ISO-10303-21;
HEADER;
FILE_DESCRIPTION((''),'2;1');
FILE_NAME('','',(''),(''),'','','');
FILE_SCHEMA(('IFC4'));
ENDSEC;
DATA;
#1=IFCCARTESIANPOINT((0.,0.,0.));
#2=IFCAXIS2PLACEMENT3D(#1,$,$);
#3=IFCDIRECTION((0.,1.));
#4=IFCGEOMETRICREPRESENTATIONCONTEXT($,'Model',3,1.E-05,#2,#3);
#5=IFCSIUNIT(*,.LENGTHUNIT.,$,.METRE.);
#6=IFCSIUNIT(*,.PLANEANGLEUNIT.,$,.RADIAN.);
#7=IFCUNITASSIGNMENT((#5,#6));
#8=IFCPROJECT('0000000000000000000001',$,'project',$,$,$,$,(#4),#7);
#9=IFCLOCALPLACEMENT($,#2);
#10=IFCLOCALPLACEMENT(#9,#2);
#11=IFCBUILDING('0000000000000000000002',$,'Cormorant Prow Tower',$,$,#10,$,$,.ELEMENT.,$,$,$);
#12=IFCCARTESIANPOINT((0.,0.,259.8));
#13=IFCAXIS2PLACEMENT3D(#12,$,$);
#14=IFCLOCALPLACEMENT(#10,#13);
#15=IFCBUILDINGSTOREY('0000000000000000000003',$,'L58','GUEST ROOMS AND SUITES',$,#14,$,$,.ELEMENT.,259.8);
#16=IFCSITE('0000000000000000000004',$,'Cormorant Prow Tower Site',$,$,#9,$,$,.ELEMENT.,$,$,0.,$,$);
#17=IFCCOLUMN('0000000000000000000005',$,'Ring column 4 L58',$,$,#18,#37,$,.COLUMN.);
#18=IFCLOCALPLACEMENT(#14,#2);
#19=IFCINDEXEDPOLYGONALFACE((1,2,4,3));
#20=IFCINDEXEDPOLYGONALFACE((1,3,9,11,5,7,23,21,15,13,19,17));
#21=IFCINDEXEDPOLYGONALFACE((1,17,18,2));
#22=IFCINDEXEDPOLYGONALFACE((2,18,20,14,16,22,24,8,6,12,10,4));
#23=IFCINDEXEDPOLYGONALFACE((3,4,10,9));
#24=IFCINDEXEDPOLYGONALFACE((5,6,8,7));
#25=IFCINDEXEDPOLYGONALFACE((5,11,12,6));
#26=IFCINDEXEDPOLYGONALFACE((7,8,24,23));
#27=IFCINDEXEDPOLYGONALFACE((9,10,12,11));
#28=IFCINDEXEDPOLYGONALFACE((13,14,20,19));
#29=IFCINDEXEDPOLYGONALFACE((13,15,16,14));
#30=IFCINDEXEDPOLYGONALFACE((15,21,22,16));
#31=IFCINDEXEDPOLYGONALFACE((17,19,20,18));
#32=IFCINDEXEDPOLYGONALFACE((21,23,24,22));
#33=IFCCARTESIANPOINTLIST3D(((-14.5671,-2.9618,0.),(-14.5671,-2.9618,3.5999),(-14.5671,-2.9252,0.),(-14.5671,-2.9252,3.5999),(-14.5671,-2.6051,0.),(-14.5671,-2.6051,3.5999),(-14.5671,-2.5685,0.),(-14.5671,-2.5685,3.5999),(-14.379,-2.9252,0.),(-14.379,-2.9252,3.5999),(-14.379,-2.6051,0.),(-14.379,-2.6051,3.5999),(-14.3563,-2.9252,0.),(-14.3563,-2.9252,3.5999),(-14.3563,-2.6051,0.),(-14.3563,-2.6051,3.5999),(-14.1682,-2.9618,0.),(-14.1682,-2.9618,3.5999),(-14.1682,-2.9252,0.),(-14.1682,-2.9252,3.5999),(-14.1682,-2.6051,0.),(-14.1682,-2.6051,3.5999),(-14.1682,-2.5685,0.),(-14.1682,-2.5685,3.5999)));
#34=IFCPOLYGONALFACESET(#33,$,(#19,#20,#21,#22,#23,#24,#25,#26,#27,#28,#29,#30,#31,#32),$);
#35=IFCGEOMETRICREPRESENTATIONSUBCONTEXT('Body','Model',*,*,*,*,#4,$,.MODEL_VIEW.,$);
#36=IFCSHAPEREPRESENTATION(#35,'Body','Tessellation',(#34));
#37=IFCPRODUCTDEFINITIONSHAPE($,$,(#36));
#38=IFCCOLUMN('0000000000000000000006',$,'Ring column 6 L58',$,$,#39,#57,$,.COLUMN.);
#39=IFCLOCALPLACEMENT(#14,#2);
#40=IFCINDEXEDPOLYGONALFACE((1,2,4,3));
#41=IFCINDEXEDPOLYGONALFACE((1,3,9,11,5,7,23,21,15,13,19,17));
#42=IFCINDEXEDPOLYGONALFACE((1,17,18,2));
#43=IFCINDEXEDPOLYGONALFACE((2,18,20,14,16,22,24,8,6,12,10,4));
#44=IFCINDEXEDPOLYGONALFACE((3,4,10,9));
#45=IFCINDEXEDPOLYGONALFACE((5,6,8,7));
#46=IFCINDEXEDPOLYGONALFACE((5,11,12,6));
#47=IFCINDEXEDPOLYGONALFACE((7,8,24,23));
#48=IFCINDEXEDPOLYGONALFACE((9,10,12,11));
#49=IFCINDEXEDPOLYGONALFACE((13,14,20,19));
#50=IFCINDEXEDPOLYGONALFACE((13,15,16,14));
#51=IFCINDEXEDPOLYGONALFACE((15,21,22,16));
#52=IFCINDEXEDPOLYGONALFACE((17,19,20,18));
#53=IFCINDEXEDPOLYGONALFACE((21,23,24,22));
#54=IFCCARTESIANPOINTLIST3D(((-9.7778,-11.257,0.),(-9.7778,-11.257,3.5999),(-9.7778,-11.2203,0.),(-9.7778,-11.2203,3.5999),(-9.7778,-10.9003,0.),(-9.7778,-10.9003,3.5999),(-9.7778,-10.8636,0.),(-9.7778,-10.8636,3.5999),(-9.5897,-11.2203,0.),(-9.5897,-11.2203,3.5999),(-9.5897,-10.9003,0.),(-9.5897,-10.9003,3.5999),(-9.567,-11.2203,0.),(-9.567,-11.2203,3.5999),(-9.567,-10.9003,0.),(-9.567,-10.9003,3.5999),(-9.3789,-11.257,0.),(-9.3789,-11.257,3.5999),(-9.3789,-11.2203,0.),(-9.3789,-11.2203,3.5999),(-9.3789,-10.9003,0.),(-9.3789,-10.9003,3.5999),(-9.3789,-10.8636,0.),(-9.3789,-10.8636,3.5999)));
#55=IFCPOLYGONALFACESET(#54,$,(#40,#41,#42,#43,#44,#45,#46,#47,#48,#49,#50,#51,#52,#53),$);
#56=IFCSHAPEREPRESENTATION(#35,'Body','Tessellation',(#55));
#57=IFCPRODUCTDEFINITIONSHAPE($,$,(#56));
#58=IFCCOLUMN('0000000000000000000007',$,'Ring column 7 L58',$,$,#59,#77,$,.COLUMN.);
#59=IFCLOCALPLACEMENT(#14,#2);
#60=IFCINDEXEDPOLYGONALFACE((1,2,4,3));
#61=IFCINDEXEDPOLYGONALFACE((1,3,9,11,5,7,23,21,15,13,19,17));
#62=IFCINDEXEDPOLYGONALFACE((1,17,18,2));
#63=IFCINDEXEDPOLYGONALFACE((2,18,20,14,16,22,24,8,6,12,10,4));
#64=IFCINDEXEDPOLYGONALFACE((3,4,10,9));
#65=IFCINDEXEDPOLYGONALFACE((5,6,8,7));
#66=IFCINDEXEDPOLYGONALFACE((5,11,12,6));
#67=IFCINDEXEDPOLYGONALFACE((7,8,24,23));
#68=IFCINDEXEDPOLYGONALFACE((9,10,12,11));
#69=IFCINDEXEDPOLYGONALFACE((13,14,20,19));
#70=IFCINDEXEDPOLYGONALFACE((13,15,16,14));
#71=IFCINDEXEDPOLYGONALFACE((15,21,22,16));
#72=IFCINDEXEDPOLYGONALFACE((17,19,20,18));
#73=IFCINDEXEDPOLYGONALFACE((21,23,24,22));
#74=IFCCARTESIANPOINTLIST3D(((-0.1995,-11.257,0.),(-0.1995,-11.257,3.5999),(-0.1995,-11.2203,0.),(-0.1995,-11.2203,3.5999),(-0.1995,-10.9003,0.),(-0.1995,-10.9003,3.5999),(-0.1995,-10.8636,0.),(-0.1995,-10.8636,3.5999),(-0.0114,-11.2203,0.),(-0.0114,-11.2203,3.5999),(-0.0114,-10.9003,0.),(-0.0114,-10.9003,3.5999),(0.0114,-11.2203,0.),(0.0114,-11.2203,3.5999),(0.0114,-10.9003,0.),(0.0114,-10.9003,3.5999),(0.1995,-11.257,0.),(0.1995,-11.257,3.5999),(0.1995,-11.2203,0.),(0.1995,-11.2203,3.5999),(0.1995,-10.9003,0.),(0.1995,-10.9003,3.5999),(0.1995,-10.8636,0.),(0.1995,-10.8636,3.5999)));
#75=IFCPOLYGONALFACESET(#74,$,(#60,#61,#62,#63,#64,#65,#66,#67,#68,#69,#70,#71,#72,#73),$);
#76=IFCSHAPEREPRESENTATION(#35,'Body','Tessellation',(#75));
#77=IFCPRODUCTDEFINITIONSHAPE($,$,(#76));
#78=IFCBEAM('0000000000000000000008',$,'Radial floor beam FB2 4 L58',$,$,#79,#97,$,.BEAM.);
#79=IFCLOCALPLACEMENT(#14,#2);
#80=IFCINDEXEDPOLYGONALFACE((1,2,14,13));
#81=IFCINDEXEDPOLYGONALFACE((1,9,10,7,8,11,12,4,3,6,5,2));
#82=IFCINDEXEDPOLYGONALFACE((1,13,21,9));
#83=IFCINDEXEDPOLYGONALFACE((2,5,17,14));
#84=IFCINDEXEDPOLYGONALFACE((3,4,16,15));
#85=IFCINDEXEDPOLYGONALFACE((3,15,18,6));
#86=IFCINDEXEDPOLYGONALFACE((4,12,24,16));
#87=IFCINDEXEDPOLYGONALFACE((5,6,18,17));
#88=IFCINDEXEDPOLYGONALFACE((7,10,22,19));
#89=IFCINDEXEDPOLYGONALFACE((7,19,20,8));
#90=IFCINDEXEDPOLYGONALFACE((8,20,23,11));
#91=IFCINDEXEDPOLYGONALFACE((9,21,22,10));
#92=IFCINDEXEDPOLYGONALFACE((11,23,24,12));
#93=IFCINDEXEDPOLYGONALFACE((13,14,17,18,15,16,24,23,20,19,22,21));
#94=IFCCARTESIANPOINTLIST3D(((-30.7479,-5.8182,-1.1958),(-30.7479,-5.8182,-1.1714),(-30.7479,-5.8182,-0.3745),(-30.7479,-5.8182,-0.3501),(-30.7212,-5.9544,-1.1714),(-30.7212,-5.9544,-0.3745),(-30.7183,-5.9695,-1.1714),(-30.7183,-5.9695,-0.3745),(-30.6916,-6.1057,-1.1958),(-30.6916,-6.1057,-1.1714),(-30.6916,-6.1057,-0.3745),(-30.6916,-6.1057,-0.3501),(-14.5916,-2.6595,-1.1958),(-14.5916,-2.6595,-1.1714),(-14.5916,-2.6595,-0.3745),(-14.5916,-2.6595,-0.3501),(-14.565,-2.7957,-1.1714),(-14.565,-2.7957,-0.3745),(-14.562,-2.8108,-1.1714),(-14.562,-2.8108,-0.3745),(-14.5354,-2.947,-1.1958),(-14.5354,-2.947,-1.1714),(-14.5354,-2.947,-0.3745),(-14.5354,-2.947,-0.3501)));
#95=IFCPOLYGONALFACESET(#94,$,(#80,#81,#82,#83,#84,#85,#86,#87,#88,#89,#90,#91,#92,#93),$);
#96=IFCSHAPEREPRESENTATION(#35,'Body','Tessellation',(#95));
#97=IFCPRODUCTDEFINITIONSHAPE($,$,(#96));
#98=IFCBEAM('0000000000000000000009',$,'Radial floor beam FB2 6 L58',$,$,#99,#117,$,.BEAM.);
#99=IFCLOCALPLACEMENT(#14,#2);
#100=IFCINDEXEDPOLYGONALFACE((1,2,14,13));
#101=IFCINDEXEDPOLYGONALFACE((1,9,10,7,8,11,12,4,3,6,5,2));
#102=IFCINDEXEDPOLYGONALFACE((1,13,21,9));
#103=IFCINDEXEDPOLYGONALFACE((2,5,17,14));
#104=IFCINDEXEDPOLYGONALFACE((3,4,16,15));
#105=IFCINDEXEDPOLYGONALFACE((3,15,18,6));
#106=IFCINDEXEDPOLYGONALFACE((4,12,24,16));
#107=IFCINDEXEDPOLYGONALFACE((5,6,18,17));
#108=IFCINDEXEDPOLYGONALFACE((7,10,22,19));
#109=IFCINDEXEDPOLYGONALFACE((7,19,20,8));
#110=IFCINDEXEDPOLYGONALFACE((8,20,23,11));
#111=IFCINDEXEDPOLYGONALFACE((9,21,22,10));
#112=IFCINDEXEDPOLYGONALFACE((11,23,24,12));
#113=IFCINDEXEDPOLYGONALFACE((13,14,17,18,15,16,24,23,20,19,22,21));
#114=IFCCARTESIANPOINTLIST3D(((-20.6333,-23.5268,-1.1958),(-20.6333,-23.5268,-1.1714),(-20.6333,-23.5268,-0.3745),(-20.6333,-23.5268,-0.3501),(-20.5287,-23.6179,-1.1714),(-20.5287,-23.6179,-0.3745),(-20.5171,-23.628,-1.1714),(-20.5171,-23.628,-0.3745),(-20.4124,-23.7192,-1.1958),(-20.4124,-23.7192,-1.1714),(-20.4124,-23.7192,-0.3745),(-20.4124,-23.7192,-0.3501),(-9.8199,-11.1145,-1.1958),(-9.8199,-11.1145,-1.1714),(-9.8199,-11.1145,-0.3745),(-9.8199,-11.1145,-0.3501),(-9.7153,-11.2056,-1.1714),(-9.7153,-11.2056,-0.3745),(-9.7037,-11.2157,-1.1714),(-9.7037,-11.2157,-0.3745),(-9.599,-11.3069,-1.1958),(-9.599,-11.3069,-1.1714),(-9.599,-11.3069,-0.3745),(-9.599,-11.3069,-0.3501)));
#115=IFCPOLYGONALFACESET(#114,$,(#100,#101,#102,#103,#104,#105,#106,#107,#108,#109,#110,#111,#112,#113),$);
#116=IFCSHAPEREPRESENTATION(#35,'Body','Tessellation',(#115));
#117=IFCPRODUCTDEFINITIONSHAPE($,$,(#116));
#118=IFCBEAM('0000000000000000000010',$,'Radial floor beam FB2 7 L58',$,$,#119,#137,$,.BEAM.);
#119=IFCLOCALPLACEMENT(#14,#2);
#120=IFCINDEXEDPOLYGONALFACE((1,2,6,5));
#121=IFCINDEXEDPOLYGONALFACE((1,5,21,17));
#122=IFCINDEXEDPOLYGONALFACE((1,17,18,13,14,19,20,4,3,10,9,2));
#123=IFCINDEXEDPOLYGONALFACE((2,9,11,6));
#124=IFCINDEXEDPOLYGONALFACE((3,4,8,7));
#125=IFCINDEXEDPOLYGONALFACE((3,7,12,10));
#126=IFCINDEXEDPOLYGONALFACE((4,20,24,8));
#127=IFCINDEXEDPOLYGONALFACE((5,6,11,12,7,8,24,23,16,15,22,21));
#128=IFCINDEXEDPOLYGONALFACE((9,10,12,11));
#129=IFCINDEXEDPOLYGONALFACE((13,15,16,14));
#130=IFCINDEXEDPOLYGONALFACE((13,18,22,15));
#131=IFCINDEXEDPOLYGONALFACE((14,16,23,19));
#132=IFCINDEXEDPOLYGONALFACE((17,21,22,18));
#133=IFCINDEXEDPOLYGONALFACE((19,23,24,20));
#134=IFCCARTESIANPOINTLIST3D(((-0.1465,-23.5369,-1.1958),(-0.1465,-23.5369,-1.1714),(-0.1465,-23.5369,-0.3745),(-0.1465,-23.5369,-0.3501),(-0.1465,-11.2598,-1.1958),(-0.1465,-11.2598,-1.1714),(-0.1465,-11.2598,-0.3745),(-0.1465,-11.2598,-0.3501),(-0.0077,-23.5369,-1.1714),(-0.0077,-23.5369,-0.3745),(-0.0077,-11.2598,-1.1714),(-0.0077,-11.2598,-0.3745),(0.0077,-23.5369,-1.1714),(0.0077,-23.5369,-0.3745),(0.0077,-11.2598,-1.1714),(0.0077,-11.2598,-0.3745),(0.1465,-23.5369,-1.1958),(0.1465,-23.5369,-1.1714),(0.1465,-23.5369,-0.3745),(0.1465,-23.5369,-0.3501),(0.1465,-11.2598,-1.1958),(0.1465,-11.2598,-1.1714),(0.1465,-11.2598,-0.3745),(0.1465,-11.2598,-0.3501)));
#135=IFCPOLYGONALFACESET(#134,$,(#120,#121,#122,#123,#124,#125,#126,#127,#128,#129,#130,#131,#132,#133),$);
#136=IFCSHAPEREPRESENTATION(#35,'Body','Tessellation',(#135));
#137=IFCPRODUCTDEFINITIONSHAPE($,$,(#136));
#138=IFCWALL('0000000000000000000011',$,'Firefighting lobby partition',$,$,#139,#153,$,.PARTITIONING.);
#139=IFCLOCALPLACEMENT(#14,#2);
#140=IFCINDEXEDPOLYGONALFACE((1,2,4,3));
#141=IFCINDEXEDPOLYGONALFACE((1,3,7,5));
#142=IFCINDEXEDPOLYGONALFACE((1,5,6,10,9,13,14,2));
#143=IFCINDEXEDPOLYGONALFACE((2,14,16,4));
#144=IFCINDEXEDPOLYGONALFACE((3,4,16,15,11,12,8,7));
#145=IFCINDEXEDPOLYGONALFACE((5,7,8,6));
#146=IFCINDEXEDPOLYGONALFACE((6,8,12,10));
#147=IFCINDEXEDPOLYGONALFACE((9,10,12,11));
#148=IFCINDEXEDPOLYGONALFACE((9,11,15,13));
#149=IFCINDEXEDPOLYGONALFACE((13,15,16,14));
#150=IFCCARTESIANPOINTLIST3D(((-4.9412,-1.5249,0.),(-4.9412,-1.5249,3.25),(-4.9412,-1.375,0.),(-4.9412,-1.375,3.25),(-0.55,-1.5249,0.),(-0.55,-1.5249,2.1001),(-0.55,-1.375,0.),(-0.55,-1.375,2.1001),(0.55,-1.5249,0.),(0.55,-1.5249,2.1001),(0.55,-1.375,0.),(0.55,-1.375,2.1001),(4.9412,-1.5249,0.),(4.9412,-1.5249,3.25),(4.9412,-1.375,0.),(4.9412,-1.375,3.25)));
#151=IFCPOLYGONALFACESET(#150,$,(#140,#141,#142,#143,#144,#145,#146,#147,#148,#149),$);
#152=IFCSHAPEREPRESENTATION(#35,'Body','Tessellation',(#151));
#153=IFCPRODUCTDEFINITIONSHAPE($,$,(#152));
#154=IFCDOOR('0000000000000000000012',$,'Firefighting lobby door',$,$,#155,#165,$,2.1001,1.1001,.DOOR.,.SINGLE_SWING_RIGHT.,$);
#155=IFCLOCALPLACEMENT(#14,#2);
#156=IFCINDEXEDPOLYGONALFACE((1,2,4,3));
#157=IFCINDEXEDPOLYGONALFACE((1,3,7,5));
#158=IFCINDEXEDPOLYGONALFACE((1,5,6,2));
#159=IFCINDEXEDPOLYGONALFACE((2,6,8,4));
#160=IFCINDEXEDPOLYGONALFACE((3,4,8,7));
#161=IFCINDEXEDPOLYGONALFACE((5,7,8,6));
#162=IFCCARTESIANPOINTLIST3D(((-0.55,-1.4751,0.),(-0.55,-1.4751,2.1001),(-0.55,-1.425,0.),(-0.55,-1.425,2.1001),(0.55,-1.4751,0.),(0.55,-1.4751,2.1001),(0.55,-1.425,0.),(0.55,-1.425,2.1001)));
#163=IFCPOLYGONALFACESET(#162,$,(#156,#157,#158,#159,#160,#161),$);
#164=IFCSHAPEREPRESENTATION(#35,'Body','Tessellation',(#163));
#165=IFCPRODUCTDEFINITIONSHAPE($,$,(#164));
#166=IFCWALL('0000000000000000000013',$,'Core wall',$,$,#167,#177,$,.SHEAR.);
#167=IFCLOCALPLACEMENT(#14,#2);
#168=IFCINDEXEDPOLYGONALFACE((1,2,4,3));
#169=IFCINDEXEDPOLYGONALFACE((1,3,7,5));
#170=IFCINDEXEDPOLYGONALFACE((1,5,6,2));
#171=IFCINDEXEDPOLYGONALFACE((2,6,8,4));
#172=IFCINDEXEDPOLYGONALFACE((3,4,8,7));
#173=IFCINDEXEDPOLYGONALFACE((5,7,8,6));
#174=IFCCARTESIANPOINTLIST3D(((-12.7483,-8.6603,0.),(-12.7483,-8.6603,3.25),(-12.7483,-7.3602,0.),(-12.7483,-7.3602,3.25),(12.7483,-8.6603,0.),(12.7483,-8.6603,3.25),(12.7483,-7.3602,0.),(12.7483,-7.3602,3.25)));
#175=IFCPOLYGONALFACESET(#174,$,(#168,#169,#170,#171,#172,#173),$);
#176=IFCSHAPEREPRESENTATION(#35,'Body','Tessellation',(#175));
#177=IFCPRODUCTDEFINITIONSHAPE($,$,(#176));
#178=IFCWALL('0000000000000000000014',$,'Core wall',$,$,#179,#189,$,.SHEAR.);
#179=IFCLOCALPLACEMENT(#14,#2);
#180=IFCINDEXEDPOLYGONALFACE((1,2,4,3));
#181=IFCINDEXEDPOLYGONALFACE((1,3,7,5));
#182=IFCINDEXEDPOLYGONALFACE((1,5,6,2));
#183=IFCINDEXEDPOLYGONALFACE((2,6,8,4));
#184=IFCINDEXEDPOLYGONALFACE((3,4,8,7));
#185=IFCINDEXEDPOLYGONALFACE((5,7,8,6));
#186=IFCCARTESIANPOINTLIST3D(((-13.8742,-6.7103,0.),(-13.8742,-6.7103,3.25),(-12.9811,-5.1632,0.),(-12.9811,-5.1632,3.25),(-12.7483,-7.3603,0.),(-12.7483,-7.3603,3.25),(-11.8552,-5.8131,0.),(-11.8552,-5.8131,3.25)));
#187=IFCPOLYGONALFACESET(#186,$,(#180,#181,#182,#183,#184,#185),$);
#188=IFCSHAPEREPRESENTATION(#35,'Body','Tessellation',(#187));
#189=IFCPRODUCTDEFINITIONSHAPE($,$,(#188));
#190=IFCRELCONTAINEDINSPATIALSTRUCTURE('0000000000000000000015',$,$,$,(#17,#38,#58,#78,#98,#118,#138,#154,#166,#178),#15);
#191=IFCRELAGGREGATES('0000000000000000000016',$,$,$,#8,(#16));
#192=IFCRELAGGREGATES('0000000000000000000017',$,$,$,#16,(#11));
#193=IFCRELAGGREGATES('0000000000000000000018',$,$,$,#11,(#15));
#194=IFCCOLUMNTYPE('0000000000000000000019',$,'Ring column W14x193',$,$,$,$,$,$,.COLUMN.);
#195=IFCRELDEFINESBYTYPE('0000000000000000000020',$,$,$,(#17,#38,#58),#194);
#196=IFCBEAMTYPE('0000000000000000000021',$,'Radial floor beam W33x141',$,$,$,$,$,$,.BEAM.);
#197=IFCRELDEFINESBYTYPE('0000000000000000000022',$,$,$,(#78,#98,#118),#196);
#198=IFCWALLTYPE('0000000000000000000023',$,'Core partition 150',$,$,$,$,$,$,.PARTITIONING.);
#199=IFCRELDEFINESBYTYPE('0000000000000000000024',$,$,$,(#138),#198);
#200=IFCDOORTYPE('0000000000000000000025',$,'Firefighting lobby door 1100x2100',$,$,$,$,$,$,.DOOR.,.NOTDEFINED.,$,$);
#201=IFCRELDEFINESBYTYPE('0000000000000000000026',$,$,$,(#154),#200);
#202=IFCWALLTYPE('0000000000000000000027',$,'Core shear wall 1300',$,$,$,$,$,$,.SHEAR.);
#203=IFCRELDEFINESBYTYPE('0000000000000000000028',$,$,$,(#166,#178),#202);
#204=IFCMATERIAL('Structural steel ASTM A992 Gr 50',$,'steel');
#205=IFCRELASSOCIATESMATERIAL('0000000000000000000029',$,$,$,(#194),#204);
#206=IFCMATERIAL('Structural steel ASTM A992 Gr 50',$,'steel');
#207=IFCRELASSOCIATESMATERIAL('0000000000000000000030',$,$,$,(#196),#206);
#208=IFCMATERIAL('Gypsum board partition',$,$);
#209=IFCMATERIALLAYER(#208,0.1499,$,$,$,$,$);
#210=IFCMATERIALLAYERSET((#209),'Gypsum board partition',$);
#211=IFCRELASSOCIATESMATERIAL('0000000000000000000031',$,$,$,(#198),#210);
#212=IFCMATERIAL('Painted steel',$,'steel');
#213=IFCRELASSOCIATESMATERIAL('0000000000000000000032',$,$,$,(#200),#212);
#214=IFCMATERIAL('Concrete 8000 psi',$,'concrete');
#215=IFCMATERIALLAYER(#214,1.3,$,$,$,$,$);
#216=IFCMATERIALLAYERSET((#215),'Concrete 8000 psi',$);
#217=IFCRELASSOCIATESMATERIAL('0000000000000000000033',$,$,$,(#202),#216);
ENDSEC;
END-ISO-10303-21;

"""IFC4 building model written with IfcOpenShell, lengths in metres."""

from ifc_helpers import new_model, si_unit, direction, frame, frame_2d, origin, origin_2d, place, context, subcontext, project, spatial, rectangle, i_section, extrude, material, layer, layer_set, material_profile, profile_set, type_object, element, fill, save


model = new_model("IFC4")

# Units and contexts
model_context = context("Model", 3, precision=1e-05, world=origin(), true_north=direction((0.0, 1.0)))
body_context = subcontext(model_context, "Body", "Model", "MODEL_VIEW")
ifc_project = project(units=[si_unit("LENGTHUNIT", "METRE"), si_unit("PLANEANGLEUNIT", "RADIAN")], contexts=[model_context])

# Site, building, storey
site_placement = place(None, origin())
site = spatial("IfcSite", under=ifc_project, at=site_placement, Name="Cormorant Prow Tower Site", CompositionType="ELEMENT", RefElevation=0.0)
building_placement = place(site_placement, origin())
building = spatial("IfcBuilding", under=site, at=building_placement, Name="Cormorant Prow Tower", CompositionType="ELEMENT")
storey_placement = place(building_placement, frame((0.0, 0.0, 259.8)))
storey = spatial("IfcBuildingStorey", under=building, at=storey_placement, Name="L58", Description="GUEST ROOMS AND SUITES", CompositionType="ELEMENT", Elevation=259.8)

# Columns
ifc_material_1 = material(Name="Structural steel ASTM A992 Gr 50", Category="steel")
ifc_material_profile_1 = material_profile(ifc_material_1, i_section(OverallWidth=0.3989, OverallDepth=0.3933, WebThickness=0.0227, FlangeThickness=0.0366, at=origin_2d()), Name="W14x193")
ifc_profile_set_1 = profile_set([ifc_material_profile_1], Name="Structural steel ASTM A992 Gr 50")
column_type = type_object("IfcColumnType", Name="Ring column W14x193", PredefinedType="COLUMN", material=ifc_profile_set_1)
for number, where, z_axis, x_axis, name in (
    (1, (-14.3677, -2.7651, 0.0), (0.0, 0.0, 1.0), (1.0, 0.0, 0.0), "Ring column 4 L58"),
    (2, (-9.5784, -11.0603, 0.0), (0.0, 0.0, 1.0), (1.0, 0.0, 0.0), "Ring column 6 L58"),
    (3, (0.0, -11.0603, 0.0), (0.0, 0.0, 1.0), (1.0, 0.0, 0.0), "Ring column 7 L58"),
):
    element("IfcColumn", number, at=place(storey_placement, frame(where, z_axis=z_axis, x_axis=x_axis)), inside=storey, type_object=column_type, Name=name, PredefinedType="COLUMN", context=body_context, shape_type="SweptSolid", body=[
        extrude(i_section(OverallWidth=0.3989, OverallDepth=0.3933, WebThickness=0.0227, FlangeThickness=0.0366, at=origin_2d()), origin(), (0.0, 0.0, 1.0), 3.5999),
    ])

# Beams
ifc_material_2 = material(Name="Structural steel ASTM A992 Gr 50", Category="steel")
ifc_material_profile_2 = material_profile(ifc_material_2, i_section(OverallWidth=0.293, OverallDepth=0.8457, WebThickness=0.0154, FlangeThickness=0.0244, at=origin_2d()), Name="W33x141")
ifc_profile_set_2 = profile_set([ifc_material_profile_2], Name="Structural steel ASTM A992 Gr 50")
beam_type = type_object("IfcBeamType", Name="Radial floor beam W33x141", PredefinedType="BEAM", material=ifc_profile_set_2)
beam_1_placement = place(storey_placement, frame((-14.5635, -2.8032, -0.7729), z_axis=(-0.981419, -0.191876, 0.0), x_axis=(0.191876, -0.981419, 0.0)))
element("IfcBeam", 4, at=beam_1_placement, inside=storey, type_object=beam_type, Name="Radial floor beam FB2 4 L58", PredefinedType="BEAM", context=body_context, shape_type="SweptSolid", body=[
    extrude(i_section(OverallWidth=0.293, OverallDepth=0.8457, WebThickness=0.0154, FlangeThickness=0.0244, at=origin_2d()), origin(), (0.0, 0.0, 1.0), 16.4622),
])
beam_2_placement = place(storey_placement, frame((-9.7095, -11.2107, -0.7729), z_axis=(-0.656875, -0.754, 0.0), x_axis=(0.754, -0.656875, 0.0)))
element("IfcBeam", 5, at=beam_2_placement, inside=storey, type_object=beam_type, Name="Radial floor beam FB2 6 L58", PredefinedType="BEAM", context=body_context, shape_type="SweptSolid", body=[
    extrude(i_section(OverallWidth=0.293, OverallDepth=0.8457, WebThickness=0.0154, FlangeThickness=0.0244, at=origin_2d()), origin(), (0.0, 0.0, 1.0), 16.4619),
])
beam_3_placement = place(storey_placement, frame((0.0, -11.2598, -0.7729), z_axis=(0.0, -1.0, 0.0), x_axis=(1.0, 0.0, 0.0)))
element("IfcBeam", 6, at=beam_3_placement, inside=storey, type_object=beam_type, Name="Radial floor beam FB2 7 L58", PredefinedType="BEAM", context=body_context, shape_type="SweptSolid", body=[
    extrude(i_section(OverallWidth=0.293, OverallDepth=0.8457, WebThickness=0.0154, FlangeThickness=0.0244, at=origin_2d()), origin(), (0.0, 0.0, 1.0), 12.2771),
])

# Wall, opening, door
ifc_material_3 = material(Name="Gypsum board partition")
ifc_layer_1 = layer(ifc_material_3, 0.1499)
ifc_layer_set_1 = layer_set([ifc_layer_1], Name="Gypsum board partition")
wall_type_1 = type_object("IfcWallType", Name="Core partition 150", PredefinedType="PARTITIONING", material=ifc_layer_set_1)
wall_1_placement = place(storey_placement, frame((-4.9412, -1.45, 0.0), z_axis=(0.0, 0.0, 1.0), x_axis=(1.0, 0.0, 0.0)))
wall_1 = element("IfcWall", 7, at=wall_1_placement, inside=storey, type_object=wall_type_1, Name="Firefighting lobby partition", PredefinedType="PARTITIONING", context=body_context, shape_type="SweptSolid", body=[
    extrude(rectangle(XDim=9.8823, YDim=0.1499, at=frame_2d((4.9412, 0.0))), origin(), (0.0, 0.0, 1.0), 3.25),
])
opening_1_placement = place(wall_1_placement, frame((4.3911, 0.0, 0.0)))
opening_1 = element("IfcOpeningElement", 8, at=opening_1_placement, cuts=wall_1, PredefinedType="OPENING", context=body_context, shape_type="SweptSolid", body=[
    extrude(rectangle(XDim=1.1001, YDim=2.1001, at=frame_2d((0.55, 1.05))), frame((0.0, 0.085, 0.0), z_axis=(0.0, -1.0, 0.0), x_axis=(1.0, 0.0, 0.0)), (0.0, 0.0, 1.0), 0.1699),
])
ifc_material_4 = material(Name="Painted steel", Category="steel")
door_type_1 = type_object("IfcDoorType", Name="Firefighting lobby door 1100x2100", OperationType="NOTDEFINED", PredefinedType="DOOR", material=ifc_material_4)
door_1_placement = place(opening_1_placement, origin())
door_1 = element("IfcDoor", 9, at=door_1_placement, inside=storey, type_object=door_type_1, Name="Firefighting lobby door", OperationType="SINGLE_SWING_RIGHT", OverallHeight=2.1001, OverallWidth=1.1001, PredefinedType="DOOR", context=body_context, shape_type="SweptSolid", body=[
    extrude(rectangle(XDim=1.1001, YDim=2.1001, at=frame_2d((0.55, 1.05))), frame((0.0, 0.0249, 0.0), z_axis=(0.0, -1.0, 0.0), x_axis=(1.0, 0.0, 0.0)), (0.0, 0.0, 1.0), 0.05),
])
fill(opening_1, door_1)

# Walls
ifc_material_5 = material(Name="Concrete 8000 psi", Category="concrete")
ifc_layer_2 = layer(ifc_material_5, 1.3)
ifc_layer_set_2 = layer_set([ifc_layer_2], Name="Concrete 8000 psi")
wall_type_2 = type_object("IfcWallType", Name="Core shear wall 1300", PredefinedType="SHEAR", material=ifc_layer_set_2)
wall_2_placement = place(storey_placement, frame((-12.7483, -8.0103, 0.0), z_axis=(0.0, 0.0, 1.0), x_axis=(1.0, 0.0, 0.0)))
element("IfcWall", 10, at=wall_2_placement, inside=storey, type_object=wall_type_2, Name="Core wall", PredefinedType="SHEAR", context=body_context, shape_type="SweptSolid", body=[
    extrude(rectangle(XDim=25.4966, YDim=1.3, at=frame_2d((12.7483, 0.0))), origin(), (0.0, 0.0, 1.0), 3.25),
])
wall_3_placement = place(storey_placement, frame((-12.4182, -5.4883, 0.0), z_axis=(0.0, 0.0, 1.0), x_axis=(-0.499931, -0.866065, 0.0)))
element("IfcWall", 11, at=wall_3_placement, inside=storey, type_object=wall_type_2, Name="Core wall", PredefinedType="SHEAR", context=body_context, shape_type="SweptSolid", body=[
    extrude(rectangle(XDim=1.7864, YDim=1.3, at=frame_2d((0.8931, 0.0))), origin(), (0.0, 0.0, 1.0), 3.25),
])

save(model, "model.ifc")
